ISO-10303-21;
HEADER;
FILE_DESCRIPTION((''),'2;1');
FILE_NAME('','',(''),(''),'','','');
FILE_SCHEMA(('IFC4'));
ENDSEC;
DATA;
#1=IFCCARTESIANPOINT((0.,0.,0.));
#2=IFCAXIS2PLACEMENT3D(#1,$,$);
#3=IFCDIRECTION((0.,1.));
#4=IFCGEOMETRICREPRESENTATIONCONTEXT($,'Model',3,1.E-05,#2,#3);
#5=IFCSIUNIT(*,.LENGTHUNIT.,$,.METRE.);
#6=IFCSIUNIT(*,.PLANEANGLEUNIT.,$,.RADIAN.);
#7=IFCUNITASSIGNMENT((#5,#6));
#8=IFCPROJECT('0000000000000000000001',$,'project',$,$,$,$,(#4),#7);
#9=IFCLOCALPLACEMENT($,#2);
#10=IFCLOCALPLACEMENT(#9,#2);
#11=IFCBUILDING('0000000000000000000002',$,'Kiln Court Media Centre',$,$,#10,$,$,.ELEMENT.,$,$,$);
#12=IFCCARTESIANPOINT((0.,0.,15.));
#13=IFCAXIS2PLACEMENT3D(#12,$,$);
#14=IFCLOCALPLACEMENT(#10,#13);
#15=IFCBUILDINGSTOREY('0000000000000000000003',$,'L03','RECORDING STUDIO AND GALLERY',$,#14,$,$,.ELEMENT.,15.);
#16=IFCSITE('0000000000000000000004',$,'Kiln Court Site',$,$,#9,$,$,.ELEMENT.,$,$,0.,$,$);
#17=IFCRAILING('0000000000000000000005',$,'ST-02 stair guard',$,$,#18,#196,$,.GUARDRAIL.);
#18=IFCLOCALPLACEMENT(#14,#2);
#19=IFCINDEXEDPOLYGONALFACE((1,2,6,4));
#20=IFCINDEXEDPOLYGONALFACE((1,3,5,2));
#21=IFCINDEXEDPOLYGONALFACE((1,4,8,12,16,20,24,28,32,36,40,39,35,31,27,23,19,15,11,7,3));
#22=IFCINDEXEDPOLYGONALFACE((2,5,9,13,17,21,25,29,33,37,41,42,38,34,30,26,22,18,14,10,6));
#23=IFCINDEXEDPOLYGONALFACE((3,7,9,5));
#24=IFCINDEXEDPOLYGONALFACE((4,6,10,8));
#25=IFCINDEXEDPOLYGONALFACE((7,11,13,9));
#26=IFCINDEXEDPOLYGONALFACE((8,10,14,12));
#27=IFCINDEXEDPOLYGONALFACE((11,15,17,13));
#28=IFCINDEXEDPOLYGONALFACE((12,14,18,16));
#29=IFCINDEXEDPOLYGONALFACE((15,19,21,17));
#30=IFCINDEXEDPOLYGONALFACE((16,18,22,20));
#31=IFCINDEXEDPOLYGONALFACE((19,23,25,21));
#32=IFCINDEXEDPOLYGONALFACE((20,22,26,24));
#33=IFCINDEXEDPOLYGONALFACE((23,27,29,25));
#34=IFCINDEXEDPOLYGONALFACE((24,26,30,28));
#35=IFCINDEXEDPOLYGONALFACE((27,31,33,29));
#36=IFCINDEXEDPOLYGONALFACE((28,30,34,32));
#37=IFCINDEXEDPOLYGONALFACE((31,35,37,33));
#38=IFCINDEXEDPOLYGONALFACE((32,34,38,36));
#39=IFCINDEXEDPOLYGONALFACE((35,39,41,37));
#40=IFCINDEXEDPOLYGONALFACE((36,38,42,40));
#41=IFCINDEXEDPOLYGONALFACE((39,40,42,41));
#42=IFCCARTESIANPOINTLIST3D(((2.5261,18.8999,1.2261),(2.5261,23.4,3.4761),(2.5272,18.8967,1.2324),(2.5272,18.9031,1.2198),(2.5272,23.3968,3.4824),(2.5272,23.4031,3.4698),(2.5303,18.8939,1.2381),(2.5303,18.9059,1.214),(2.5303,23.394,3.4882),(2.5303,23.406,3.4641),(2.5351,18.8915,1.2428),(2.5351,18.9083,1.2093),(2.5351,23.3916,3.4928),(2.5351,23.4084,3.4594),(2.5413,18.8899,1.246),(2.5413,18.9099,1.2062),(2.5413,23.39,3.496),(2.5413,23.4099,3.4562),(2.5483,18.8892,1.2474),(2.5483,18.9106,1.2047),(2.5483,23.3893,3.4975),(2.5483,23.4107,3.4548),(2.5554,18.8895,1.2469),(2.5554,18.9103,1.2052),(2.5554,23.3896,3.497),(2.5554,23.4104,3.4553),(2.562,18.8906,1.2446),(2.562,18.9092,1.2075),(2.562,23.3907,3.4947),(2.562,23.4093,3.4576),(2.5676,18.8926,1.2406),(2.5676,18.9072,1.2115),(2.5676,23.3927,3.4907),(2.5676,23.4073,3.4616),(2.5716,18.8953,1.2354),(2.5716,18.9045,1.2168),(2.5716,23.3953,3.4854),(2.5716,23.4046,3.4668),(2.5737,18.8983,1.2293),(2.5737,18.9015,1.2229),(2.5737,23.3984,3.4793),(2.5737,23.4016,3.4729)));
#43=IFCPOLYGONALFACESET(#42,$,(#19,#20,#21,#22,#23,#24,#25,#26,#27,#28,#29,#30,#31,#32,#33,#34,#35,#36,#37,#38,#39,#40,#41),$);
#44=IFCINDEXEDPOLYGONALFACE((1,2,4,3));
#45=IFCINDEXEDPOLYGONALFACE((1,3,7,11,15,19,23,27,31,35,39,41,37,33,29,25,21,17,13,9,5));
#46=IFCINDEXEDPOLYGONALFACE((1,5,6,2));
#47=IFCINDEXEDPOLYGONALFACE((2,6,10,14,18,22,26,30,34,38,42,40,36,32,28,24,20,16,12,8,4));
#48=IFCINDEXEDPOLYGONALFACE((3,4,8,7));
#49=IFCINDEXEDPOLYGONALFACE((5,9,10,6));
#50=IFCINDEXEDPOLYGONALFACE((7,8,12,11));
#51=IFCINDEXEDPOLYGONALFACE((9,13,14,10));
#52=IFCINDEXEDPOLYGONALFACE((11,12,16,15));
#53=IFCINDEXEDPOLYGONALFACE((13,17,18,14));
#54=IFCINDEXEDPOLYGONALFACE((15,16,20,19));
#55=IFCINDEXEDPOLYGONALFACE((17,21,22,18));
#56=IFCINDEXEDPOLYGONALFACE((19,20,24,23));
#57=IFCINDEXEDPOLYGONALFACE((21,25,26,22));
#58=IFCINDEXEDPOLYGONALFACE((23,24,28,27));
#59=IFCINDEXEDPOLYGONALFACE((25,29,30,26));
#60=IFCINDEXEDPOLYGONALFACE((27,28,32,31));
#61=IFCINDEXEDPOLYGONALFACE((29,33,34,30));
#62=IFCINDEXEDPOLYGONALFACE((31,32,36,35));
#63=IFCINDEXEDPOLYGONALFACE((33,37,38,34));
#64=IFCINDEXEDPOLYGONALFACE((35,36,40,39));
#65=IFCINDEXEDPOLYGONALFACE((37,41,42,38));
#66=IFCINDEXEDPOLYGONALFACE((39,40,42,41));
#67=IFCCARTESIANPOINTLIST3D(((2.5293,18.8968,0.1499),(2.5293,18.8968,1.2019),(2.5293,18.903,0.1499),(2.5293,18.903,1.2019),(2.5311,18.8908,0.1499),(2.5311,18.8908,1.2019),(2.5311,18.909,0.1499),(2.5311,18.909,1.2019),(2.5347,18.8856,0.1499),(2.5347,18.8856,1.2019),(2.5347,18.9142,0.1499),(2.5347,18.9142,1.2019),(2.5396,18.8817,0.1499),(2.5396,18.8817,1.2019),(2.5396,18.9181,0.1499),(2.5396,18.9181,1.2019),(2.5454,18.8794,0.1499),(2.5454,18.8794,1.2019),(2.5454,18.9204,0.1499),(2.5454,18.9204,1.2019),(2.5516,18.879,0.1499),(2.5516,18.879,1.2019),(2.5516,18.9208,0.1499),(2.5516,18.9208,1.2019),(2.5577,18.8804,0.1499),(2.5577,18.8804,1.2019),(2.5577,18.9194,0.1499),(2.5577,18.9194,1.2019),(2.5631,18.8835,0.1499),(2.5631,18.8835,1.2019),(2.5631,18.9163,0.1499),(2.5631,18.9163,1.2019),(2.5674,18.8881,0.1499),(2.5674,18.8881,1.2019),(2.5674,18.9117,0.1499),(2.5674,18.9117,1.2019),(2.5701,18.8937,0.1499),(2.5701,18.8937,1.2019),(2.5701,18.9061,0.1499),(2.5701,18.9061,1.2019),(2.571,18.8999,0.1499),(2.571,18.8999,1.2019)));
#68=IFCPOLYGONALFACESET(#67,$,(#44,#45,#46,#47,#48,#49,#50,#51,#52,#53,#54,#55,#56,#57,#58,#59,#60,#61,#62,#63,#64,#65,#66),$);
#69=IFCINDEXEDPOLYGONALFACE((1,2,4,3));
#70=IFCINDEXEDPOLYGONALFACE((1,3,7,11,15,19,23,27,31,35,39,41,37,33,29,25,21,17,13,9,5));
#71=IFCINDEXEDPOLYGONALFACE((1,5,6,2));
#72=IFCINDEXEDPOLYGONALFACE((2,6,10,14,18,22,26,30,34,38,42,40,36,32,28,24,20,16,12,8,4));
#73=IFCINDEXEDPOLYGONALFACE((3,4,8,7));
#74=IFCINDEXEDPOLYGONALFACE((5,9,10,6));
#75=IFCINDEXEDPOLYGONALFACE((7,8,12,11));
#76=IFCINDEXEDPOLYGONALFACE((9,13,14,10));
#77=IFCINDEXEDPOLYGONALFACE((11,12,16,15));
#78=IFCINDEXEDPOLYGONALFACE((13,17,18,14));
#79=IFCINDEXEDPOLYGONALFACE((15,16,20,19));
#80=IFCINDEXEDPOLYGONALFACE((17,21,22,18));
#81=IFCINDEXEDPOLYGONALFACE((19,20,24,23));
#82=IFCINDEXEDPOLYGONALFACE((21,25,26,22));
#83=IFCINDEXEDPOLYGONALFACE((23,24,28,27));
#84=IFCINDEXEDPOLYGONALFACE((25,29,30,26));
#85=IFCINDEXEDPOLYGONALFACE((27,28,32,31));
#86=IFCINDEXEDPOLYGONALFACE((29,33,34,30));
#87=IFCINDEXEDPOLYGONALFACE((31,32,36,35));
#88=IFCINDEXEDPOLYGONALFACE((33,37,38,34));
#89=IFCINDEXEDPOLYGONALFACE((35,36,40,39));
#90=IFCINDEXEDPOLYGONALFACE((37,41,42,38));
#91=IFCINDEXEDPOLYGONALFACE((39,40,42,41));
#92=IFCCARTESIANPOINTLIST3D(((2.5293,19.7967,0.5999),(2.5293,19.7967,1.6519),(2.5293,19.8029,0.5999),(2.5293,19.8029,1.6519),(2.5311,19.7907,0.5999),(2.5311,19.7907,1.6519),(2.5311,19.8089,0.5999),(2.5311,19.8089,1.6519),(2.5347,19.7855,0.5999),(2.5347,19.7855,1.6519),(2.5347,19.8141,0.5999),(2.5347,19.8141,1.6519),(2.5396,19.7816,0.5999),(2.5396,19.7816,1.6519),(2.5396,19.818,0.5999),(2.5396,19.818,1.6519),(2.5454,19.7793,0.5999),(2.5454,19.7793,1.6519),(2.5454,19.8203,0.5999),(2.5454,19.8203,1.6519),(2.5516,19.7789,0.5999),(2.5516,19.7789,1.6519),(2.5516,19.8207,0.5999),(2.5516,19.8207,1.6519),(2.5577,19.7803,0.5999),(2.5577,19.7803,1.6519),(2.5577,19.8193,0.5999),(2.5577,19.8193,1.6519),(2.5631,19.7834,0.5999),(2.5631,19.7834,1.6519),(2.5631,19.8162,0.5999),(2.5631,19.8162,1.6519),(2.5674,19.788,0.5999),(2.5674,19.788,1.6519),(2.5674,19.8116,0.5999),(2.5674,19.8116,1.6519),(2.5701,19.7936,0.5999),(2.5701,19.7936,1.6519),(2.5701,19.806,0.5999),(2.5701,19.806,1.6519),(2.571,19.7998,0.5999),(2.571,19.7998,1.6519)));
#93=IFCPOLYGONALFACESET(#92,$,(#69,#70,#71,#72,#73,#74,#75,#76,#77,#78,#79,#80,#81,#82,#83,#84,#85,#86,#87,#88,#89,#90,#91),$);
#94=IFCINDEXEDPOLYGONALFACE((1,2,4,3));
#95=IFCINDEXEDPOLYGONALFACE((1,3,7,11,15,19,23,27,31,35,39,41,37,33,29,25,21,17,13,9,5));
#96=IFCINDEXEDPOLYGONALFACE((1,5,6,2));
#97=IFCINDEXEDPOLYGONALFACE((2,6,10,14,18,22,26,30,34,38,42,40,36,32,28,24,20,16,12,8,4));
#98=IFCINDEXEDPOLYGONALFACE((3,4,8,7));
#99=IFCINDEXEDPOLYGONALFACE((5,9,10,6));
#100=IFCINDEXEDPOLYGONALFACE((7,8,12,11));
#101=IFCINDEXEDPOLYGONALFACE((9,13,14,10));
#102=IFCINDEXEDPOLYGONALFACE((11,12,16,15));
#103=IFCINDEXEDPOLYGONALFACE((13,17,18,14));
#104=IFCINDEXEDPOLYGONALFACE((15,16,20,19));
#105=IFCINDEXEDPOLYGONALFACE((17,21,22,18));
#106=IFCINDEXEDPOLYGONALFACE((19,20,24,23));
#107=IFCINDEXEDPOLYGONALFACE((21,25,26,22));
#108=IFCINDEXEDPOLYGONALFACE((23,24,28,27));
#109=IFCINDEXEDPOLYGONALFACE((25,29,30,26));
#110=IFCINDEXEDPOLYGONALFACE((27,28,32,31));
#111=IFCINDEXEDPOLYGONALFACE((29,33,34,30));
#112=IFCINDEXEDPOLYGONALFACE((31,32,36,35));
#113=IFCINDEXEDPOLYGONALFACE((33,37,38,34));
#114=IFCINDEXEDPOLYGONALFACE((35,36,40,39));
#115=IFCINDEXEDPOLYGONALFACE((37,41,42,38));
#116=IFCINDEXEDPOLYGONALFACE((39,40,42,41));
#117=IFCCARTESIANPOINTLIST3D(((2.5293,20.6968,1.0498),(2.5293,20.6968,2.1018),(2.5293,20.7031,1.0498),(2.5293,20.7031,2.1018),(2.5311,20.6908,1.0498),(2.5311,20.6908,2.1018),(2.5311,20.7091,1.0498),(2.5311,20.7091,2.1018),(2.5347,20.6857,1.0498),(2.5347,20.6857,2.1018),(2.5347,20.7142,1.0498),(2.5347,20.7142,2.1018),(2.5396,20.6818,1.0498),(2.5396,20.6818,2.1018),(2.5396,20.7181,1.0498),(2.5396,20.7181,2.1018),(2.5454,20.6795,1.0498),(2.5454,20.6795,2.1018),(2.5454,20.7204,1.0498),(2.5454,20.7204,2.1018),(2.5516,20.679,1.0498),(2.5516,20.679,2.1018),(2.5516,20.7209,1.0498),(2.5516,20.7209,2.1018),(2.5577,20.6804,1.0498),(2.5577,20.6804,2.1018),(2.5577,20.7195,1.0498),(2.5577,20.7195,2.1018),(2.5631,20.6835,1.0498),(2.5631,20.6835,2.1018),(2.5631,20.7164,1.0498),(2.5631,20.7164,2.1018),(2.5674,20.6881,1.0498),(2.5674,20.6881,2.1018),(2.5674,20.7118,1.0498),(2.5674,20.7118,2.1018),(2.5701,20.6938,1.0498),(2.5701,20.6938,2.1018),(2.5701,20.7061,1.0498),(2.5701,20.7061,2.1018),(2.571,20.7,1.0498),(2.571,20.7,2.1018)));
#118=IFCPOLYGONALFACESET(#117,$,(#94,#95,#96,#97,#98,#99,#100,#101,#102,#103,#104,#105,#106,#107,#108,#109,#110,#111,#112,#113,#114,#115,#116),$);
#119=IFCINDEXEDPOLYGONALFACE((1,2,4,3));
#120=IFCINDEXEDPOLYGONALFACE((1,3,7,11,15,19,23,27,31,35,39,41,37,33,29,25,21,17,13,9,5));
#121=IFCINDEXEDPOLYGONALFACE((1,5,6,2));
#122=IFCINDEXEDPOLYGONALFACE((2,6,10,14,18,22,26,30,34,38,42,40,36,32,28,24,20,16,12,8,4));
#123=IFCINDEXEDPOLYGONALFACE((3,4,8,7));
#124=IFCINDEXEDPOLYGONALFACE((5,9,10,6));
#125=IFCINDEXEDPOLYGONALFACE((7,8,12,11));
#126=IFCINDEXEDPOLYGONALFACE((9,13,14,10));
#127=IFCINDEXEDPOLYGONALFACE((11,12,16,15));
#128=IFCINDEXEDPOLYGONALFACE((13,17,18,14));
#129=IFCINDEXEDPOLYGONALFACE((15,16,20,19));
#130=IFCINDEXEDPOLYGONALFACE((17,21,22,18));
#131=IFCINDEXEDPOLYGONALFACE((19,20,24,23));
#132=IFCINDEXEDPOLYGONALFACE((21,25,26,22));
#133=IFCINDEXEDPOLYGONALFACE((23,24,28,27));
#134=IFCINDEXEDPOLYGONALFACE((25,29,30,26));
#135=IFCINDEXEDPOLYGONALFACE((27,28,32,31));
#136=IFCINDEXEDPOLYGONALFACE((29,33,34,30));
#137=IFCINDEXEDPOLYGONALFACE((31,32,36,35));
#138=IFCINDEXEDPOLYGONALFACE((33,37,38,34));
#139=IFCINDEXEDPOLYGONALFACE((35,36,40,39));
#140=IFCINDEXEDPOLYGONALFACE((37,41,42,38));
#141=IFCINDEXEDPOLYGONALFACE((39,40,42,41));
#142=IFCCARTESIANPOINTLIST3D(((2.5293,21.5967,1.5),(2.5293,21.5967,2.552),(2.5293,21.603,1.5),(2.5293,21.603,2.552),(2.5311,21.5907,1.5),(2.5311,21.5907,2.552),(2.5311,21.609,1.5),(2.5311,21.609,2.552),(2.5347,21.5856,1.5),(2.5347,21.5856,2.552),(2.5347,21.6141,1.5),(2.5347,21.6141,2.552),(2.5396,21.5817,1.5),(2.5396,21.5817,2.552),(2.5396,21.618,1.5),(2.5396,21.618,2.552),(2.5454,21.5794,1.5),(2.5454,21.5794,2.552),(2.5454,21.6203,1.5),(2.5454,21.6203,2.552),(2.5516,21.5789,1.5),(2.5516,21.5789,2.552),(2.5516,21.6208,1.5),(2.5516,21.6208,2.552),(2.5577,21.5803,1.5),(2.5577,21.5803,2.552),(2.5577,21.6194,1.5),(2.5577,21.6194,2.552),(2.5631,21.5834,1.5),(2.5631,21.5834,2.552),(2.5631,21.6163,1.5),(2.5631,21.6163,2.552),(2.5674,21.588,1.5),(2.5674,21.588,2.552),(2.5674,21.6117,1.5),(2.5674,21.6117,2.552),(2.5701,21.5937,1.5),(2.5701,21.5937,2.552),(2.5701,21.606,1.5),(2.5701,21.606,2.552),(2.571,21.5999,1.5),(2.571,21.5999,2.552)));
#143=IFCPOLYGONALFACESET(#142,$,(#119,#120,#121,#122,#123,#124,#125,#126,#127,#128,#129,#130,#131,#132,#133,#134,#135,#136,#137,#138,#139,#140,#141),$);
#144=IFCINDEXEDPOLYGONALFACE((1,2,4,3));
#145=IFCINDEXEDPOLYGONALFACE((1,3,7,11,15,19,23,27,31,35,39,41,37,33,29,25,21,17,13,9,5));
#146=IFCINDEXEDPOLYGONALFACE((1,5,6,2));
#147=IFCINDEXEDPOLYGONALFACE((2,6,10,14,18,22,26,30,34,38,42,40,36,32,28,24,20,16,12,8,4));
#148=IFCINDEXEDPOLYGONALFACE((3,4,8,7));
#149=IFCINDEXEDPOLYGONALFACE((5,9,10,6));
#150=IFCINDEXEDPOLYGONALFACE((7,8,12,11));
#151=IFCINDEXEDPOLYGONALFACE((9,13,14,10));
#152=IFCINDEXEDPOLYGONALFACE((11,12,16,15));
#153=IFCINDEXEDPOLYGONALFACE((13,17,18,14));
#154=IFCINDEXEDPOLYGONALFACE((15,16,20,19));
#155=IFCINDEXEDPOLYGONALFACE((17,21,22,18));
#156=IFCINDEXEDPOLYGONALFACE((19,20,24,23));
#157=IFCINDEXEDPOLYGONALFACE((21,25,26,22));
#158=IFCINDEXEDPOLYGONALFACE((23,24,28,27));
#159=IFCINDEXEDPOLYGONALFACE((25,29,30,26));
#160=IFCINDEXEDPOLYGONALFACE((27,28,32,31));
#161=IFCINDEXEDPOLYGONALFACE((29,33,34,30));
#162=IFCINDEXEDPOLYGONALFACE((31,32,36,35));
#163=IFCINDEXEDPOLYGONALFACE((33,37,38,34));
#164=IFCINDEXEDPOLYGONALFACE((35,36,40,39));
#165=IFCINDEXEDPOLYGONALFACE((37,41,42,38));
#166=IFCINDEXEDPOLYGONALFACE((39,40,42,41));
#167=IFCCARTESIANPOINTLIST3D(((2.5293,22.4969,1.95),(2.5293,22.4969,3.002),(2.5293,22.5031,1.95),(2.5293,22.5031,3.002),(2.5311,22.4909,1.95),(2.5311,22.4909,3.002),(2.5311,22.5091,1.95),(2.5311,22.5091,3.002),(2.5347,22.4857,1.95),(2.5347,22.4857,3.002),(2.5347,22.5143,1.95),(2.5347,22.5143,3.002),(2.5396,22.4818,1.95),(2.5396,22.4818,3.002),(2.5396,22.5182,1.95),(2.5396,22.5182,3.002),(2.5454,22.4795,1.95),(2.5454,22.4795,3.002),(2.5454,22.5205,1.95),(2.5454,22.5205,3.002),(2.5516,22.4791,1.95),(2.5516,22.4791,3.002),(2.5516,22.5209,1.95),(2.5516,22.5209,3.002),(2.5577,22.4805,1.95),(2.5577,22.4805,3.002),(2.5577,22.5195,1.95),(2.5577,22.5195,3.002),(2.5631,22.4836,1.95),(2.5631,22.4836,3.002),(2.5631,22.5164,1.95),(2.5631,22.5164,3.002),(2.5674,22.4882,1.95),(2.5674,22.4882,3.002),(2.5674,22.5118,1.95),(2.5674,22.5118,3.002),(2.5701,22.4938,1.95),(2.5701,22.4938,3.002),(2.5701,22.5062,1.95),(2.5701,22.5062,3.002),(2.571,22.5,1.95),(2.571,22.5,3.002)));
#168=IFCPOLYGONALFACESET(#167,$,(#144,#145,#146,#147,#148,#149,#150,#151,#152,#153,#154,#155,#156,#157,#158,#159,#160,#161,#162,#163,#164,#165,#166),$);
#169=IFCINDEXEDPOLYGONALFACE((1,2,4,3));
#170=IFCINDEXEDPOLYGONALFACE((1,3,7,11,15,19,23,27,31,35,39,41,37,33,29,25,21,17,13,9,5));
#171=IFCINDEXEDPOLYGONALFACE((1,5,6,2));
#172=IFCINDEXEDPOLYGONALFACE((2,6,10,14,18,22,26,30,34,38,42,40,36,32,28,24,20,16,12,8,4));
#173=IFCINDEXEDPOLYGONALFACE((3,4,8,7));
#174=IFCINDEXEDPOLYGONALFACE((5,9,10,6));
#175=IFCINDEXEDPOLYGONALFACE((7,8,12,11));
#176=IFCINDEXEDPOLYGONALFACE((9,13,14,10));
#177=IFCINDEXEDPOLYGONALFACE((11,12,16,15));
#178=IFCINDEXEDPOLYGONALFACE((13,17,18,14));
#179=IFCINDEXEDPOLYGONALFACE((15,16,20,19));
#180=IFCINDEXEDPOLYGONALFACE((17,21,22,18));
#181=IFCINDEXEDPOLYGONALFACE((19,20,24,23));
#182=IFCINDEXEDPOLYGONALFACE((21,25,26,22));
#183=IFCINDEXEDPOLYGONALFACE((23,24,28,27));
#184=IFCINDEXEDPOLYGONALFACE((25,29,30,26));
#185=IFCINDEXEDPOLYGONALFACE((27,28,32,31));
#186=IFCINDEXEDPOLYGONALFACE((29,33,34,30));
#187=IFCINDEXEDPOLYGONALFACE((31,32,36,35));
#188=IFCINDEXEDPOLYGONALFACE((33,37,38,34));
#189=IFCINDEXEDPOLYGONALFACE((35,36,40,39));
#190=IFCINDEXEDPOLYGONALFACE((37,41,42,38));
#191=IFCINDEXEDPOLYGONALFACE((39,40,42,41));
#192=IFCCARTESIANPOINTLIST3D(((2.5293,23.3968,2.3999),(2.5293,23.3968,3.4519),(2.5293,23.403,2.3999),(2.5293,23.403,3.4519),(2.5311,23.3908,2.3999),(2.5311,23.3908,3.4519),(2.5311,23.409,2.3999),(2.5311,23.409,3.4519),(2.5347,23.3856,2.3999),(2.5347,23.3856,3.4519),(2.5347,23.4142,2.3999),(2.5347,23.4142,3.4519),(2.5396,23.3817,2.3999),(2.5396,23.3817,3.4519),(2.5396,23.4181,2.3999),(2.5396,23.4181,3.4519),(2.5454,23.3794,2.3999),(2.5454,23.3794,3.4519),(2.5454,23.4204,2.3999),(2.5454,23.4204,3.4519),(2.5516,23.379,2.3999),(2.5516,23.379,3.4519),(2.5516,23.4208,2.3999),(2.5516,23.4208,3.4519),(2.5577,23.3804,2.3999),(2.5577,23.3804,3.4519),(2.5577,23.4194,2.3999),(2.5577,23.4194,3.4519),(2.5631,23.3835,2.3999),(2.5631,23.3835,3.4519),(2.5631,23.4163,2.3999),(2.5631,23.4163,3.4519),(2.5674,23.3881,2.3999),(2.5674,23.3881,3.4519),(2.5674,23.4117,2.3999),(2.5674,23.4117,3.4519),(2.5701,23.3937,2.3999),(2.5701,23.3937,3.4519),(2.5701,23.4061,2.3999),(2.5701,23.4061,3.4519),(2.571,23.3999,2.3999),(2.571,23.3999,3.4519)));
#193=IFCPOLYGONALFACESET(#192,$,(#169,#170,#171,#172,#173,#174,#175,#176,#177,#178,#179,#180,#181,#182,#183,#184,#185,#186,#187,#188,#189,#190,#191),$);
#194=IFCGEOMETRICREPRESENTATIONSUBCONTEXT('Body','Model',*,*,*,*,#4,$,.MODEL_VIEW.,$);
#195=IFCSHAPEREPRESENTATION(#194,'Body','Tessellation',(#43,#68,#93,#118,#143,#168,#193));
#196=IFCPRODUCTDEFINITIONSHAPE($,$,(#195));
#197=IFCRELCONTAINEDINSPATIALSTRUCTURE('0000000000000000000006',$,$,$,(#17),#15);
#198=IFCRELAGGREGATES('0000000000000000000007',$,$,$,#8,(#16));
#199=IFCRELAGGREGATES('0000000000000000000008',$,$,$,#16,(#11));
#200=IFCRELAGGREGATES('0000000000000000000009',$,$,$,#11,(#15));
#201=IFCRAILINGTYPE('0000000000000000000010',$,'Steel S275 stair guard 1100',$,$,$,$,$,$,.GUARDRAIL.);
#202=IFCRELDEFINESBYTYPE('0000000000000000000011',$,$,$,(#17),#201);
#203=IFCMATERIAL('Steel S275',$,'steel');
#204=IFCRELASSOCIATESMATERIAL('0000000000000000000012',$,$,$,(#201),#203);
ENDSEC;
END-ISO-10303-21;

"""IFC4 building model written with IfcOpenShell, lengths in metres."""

from ifc_helpers import new_model, si_unit, direction, frame, origin, origin_2d, place, context, subcontext, project, spatial, circle, extrude, material, type_object, element, save


model = new_model("IFC4")

# Units and contexts
model_context = context("Model", 3, precision=1e-05, world=origin(), true_north=direction((0.0, 1.0)))
body_context = subcontext(model_context, "Body", "Model", "MODEL_VIEW")
ifc_project = project(units=[si_unit("LENGTHUNIT", "METRE"), si_unit("PLANEANGLEUNIT", "RADIAN")], contexts=[model_context])

# Site, building, storey
site_placement = place(None, origin())
site = spatial("IfcSite", under=ifc_project, at=site_placement, Name="Kiln Court Site", CompositionType="ELEMENT", RefElevation=0.0)
building_placement = place(site_placement, origin())
building = spatial("IfcBuilding", under=site, at=building_placement, Name="Kiln Court Media Centre", CompositionType="ELEMENT")
storey_placement = place(building_placement, frame((0.0, 0.0, 15.0)))
storey = spatial("IfcBuildingStorey", under=building, at=storey_placement, Name="L03", Description="RECORDING STUDIO AND GALLERY", CompositionType="ELEMENT", Elevation=15.0)

# Railing
ifc_material_1 = material(Name="Steel S275", Category="steel")
railing_type_1 = type_object("IfcRailingType", Name="Steel S275 stair guard 1100", PredefinedType="GUARDRAIL", material=ifc_material_1)
railing_1_placement = place(storey_placement, frame((2.55, 18.8999, 0.1499)))
element("IfcRailing", 1, at=railing_1_placement, inside=storey, type_object=railing_type_1, Name="ST-02 stair guard", PredefinedType="GUARDRAIL", context=body_context, shape_type="SweptSolid", body=[
    extrude(circle(Radius=0.0239, at=origin_2d()), frame((0.0, 0.0, 1.0762), z_axis=(0.0, 0.894427, 0.447214), x_axis=(-1.0, 0.0, 0.0)), (0.0, 0.0, 1.0), 5.0312),
    extrude(circle(Radius=0.021, at=origin_2d()), origin(), (0.0, 0.0, 1.0), 1.052),
    extrude(circle(Radius=0.021, at=origin_2d()), frame((0.0, 0.8999, 0.45)), (0.0, 0.0, 1.0), 1.052),
    extrude(circle(Radius=0.021, at=origin_2d()), frame((0.0, 1.8, 0.8999)), (0.0, 0.0, 1.0), 1.052),
    extrude(circle(Radius=0.021, at=origin_2d()), frame((0.0, 2.7, 1.3501)), (0.0, 0.0, 1.0), 1.052),
    extrude(circle(Radius=0.021, at=origin_2d()), frame((0.0, 3.6001, 1.8)), (0.0, 0.0, 1.0), 1.052),
    extrude(circle(Radius=0.021, at=origin_2d()), frame((0.0, 4.5, 2.25)), (0.0, 0.0, 1.0), 1.052),
])

save(model, "model.ifc")
